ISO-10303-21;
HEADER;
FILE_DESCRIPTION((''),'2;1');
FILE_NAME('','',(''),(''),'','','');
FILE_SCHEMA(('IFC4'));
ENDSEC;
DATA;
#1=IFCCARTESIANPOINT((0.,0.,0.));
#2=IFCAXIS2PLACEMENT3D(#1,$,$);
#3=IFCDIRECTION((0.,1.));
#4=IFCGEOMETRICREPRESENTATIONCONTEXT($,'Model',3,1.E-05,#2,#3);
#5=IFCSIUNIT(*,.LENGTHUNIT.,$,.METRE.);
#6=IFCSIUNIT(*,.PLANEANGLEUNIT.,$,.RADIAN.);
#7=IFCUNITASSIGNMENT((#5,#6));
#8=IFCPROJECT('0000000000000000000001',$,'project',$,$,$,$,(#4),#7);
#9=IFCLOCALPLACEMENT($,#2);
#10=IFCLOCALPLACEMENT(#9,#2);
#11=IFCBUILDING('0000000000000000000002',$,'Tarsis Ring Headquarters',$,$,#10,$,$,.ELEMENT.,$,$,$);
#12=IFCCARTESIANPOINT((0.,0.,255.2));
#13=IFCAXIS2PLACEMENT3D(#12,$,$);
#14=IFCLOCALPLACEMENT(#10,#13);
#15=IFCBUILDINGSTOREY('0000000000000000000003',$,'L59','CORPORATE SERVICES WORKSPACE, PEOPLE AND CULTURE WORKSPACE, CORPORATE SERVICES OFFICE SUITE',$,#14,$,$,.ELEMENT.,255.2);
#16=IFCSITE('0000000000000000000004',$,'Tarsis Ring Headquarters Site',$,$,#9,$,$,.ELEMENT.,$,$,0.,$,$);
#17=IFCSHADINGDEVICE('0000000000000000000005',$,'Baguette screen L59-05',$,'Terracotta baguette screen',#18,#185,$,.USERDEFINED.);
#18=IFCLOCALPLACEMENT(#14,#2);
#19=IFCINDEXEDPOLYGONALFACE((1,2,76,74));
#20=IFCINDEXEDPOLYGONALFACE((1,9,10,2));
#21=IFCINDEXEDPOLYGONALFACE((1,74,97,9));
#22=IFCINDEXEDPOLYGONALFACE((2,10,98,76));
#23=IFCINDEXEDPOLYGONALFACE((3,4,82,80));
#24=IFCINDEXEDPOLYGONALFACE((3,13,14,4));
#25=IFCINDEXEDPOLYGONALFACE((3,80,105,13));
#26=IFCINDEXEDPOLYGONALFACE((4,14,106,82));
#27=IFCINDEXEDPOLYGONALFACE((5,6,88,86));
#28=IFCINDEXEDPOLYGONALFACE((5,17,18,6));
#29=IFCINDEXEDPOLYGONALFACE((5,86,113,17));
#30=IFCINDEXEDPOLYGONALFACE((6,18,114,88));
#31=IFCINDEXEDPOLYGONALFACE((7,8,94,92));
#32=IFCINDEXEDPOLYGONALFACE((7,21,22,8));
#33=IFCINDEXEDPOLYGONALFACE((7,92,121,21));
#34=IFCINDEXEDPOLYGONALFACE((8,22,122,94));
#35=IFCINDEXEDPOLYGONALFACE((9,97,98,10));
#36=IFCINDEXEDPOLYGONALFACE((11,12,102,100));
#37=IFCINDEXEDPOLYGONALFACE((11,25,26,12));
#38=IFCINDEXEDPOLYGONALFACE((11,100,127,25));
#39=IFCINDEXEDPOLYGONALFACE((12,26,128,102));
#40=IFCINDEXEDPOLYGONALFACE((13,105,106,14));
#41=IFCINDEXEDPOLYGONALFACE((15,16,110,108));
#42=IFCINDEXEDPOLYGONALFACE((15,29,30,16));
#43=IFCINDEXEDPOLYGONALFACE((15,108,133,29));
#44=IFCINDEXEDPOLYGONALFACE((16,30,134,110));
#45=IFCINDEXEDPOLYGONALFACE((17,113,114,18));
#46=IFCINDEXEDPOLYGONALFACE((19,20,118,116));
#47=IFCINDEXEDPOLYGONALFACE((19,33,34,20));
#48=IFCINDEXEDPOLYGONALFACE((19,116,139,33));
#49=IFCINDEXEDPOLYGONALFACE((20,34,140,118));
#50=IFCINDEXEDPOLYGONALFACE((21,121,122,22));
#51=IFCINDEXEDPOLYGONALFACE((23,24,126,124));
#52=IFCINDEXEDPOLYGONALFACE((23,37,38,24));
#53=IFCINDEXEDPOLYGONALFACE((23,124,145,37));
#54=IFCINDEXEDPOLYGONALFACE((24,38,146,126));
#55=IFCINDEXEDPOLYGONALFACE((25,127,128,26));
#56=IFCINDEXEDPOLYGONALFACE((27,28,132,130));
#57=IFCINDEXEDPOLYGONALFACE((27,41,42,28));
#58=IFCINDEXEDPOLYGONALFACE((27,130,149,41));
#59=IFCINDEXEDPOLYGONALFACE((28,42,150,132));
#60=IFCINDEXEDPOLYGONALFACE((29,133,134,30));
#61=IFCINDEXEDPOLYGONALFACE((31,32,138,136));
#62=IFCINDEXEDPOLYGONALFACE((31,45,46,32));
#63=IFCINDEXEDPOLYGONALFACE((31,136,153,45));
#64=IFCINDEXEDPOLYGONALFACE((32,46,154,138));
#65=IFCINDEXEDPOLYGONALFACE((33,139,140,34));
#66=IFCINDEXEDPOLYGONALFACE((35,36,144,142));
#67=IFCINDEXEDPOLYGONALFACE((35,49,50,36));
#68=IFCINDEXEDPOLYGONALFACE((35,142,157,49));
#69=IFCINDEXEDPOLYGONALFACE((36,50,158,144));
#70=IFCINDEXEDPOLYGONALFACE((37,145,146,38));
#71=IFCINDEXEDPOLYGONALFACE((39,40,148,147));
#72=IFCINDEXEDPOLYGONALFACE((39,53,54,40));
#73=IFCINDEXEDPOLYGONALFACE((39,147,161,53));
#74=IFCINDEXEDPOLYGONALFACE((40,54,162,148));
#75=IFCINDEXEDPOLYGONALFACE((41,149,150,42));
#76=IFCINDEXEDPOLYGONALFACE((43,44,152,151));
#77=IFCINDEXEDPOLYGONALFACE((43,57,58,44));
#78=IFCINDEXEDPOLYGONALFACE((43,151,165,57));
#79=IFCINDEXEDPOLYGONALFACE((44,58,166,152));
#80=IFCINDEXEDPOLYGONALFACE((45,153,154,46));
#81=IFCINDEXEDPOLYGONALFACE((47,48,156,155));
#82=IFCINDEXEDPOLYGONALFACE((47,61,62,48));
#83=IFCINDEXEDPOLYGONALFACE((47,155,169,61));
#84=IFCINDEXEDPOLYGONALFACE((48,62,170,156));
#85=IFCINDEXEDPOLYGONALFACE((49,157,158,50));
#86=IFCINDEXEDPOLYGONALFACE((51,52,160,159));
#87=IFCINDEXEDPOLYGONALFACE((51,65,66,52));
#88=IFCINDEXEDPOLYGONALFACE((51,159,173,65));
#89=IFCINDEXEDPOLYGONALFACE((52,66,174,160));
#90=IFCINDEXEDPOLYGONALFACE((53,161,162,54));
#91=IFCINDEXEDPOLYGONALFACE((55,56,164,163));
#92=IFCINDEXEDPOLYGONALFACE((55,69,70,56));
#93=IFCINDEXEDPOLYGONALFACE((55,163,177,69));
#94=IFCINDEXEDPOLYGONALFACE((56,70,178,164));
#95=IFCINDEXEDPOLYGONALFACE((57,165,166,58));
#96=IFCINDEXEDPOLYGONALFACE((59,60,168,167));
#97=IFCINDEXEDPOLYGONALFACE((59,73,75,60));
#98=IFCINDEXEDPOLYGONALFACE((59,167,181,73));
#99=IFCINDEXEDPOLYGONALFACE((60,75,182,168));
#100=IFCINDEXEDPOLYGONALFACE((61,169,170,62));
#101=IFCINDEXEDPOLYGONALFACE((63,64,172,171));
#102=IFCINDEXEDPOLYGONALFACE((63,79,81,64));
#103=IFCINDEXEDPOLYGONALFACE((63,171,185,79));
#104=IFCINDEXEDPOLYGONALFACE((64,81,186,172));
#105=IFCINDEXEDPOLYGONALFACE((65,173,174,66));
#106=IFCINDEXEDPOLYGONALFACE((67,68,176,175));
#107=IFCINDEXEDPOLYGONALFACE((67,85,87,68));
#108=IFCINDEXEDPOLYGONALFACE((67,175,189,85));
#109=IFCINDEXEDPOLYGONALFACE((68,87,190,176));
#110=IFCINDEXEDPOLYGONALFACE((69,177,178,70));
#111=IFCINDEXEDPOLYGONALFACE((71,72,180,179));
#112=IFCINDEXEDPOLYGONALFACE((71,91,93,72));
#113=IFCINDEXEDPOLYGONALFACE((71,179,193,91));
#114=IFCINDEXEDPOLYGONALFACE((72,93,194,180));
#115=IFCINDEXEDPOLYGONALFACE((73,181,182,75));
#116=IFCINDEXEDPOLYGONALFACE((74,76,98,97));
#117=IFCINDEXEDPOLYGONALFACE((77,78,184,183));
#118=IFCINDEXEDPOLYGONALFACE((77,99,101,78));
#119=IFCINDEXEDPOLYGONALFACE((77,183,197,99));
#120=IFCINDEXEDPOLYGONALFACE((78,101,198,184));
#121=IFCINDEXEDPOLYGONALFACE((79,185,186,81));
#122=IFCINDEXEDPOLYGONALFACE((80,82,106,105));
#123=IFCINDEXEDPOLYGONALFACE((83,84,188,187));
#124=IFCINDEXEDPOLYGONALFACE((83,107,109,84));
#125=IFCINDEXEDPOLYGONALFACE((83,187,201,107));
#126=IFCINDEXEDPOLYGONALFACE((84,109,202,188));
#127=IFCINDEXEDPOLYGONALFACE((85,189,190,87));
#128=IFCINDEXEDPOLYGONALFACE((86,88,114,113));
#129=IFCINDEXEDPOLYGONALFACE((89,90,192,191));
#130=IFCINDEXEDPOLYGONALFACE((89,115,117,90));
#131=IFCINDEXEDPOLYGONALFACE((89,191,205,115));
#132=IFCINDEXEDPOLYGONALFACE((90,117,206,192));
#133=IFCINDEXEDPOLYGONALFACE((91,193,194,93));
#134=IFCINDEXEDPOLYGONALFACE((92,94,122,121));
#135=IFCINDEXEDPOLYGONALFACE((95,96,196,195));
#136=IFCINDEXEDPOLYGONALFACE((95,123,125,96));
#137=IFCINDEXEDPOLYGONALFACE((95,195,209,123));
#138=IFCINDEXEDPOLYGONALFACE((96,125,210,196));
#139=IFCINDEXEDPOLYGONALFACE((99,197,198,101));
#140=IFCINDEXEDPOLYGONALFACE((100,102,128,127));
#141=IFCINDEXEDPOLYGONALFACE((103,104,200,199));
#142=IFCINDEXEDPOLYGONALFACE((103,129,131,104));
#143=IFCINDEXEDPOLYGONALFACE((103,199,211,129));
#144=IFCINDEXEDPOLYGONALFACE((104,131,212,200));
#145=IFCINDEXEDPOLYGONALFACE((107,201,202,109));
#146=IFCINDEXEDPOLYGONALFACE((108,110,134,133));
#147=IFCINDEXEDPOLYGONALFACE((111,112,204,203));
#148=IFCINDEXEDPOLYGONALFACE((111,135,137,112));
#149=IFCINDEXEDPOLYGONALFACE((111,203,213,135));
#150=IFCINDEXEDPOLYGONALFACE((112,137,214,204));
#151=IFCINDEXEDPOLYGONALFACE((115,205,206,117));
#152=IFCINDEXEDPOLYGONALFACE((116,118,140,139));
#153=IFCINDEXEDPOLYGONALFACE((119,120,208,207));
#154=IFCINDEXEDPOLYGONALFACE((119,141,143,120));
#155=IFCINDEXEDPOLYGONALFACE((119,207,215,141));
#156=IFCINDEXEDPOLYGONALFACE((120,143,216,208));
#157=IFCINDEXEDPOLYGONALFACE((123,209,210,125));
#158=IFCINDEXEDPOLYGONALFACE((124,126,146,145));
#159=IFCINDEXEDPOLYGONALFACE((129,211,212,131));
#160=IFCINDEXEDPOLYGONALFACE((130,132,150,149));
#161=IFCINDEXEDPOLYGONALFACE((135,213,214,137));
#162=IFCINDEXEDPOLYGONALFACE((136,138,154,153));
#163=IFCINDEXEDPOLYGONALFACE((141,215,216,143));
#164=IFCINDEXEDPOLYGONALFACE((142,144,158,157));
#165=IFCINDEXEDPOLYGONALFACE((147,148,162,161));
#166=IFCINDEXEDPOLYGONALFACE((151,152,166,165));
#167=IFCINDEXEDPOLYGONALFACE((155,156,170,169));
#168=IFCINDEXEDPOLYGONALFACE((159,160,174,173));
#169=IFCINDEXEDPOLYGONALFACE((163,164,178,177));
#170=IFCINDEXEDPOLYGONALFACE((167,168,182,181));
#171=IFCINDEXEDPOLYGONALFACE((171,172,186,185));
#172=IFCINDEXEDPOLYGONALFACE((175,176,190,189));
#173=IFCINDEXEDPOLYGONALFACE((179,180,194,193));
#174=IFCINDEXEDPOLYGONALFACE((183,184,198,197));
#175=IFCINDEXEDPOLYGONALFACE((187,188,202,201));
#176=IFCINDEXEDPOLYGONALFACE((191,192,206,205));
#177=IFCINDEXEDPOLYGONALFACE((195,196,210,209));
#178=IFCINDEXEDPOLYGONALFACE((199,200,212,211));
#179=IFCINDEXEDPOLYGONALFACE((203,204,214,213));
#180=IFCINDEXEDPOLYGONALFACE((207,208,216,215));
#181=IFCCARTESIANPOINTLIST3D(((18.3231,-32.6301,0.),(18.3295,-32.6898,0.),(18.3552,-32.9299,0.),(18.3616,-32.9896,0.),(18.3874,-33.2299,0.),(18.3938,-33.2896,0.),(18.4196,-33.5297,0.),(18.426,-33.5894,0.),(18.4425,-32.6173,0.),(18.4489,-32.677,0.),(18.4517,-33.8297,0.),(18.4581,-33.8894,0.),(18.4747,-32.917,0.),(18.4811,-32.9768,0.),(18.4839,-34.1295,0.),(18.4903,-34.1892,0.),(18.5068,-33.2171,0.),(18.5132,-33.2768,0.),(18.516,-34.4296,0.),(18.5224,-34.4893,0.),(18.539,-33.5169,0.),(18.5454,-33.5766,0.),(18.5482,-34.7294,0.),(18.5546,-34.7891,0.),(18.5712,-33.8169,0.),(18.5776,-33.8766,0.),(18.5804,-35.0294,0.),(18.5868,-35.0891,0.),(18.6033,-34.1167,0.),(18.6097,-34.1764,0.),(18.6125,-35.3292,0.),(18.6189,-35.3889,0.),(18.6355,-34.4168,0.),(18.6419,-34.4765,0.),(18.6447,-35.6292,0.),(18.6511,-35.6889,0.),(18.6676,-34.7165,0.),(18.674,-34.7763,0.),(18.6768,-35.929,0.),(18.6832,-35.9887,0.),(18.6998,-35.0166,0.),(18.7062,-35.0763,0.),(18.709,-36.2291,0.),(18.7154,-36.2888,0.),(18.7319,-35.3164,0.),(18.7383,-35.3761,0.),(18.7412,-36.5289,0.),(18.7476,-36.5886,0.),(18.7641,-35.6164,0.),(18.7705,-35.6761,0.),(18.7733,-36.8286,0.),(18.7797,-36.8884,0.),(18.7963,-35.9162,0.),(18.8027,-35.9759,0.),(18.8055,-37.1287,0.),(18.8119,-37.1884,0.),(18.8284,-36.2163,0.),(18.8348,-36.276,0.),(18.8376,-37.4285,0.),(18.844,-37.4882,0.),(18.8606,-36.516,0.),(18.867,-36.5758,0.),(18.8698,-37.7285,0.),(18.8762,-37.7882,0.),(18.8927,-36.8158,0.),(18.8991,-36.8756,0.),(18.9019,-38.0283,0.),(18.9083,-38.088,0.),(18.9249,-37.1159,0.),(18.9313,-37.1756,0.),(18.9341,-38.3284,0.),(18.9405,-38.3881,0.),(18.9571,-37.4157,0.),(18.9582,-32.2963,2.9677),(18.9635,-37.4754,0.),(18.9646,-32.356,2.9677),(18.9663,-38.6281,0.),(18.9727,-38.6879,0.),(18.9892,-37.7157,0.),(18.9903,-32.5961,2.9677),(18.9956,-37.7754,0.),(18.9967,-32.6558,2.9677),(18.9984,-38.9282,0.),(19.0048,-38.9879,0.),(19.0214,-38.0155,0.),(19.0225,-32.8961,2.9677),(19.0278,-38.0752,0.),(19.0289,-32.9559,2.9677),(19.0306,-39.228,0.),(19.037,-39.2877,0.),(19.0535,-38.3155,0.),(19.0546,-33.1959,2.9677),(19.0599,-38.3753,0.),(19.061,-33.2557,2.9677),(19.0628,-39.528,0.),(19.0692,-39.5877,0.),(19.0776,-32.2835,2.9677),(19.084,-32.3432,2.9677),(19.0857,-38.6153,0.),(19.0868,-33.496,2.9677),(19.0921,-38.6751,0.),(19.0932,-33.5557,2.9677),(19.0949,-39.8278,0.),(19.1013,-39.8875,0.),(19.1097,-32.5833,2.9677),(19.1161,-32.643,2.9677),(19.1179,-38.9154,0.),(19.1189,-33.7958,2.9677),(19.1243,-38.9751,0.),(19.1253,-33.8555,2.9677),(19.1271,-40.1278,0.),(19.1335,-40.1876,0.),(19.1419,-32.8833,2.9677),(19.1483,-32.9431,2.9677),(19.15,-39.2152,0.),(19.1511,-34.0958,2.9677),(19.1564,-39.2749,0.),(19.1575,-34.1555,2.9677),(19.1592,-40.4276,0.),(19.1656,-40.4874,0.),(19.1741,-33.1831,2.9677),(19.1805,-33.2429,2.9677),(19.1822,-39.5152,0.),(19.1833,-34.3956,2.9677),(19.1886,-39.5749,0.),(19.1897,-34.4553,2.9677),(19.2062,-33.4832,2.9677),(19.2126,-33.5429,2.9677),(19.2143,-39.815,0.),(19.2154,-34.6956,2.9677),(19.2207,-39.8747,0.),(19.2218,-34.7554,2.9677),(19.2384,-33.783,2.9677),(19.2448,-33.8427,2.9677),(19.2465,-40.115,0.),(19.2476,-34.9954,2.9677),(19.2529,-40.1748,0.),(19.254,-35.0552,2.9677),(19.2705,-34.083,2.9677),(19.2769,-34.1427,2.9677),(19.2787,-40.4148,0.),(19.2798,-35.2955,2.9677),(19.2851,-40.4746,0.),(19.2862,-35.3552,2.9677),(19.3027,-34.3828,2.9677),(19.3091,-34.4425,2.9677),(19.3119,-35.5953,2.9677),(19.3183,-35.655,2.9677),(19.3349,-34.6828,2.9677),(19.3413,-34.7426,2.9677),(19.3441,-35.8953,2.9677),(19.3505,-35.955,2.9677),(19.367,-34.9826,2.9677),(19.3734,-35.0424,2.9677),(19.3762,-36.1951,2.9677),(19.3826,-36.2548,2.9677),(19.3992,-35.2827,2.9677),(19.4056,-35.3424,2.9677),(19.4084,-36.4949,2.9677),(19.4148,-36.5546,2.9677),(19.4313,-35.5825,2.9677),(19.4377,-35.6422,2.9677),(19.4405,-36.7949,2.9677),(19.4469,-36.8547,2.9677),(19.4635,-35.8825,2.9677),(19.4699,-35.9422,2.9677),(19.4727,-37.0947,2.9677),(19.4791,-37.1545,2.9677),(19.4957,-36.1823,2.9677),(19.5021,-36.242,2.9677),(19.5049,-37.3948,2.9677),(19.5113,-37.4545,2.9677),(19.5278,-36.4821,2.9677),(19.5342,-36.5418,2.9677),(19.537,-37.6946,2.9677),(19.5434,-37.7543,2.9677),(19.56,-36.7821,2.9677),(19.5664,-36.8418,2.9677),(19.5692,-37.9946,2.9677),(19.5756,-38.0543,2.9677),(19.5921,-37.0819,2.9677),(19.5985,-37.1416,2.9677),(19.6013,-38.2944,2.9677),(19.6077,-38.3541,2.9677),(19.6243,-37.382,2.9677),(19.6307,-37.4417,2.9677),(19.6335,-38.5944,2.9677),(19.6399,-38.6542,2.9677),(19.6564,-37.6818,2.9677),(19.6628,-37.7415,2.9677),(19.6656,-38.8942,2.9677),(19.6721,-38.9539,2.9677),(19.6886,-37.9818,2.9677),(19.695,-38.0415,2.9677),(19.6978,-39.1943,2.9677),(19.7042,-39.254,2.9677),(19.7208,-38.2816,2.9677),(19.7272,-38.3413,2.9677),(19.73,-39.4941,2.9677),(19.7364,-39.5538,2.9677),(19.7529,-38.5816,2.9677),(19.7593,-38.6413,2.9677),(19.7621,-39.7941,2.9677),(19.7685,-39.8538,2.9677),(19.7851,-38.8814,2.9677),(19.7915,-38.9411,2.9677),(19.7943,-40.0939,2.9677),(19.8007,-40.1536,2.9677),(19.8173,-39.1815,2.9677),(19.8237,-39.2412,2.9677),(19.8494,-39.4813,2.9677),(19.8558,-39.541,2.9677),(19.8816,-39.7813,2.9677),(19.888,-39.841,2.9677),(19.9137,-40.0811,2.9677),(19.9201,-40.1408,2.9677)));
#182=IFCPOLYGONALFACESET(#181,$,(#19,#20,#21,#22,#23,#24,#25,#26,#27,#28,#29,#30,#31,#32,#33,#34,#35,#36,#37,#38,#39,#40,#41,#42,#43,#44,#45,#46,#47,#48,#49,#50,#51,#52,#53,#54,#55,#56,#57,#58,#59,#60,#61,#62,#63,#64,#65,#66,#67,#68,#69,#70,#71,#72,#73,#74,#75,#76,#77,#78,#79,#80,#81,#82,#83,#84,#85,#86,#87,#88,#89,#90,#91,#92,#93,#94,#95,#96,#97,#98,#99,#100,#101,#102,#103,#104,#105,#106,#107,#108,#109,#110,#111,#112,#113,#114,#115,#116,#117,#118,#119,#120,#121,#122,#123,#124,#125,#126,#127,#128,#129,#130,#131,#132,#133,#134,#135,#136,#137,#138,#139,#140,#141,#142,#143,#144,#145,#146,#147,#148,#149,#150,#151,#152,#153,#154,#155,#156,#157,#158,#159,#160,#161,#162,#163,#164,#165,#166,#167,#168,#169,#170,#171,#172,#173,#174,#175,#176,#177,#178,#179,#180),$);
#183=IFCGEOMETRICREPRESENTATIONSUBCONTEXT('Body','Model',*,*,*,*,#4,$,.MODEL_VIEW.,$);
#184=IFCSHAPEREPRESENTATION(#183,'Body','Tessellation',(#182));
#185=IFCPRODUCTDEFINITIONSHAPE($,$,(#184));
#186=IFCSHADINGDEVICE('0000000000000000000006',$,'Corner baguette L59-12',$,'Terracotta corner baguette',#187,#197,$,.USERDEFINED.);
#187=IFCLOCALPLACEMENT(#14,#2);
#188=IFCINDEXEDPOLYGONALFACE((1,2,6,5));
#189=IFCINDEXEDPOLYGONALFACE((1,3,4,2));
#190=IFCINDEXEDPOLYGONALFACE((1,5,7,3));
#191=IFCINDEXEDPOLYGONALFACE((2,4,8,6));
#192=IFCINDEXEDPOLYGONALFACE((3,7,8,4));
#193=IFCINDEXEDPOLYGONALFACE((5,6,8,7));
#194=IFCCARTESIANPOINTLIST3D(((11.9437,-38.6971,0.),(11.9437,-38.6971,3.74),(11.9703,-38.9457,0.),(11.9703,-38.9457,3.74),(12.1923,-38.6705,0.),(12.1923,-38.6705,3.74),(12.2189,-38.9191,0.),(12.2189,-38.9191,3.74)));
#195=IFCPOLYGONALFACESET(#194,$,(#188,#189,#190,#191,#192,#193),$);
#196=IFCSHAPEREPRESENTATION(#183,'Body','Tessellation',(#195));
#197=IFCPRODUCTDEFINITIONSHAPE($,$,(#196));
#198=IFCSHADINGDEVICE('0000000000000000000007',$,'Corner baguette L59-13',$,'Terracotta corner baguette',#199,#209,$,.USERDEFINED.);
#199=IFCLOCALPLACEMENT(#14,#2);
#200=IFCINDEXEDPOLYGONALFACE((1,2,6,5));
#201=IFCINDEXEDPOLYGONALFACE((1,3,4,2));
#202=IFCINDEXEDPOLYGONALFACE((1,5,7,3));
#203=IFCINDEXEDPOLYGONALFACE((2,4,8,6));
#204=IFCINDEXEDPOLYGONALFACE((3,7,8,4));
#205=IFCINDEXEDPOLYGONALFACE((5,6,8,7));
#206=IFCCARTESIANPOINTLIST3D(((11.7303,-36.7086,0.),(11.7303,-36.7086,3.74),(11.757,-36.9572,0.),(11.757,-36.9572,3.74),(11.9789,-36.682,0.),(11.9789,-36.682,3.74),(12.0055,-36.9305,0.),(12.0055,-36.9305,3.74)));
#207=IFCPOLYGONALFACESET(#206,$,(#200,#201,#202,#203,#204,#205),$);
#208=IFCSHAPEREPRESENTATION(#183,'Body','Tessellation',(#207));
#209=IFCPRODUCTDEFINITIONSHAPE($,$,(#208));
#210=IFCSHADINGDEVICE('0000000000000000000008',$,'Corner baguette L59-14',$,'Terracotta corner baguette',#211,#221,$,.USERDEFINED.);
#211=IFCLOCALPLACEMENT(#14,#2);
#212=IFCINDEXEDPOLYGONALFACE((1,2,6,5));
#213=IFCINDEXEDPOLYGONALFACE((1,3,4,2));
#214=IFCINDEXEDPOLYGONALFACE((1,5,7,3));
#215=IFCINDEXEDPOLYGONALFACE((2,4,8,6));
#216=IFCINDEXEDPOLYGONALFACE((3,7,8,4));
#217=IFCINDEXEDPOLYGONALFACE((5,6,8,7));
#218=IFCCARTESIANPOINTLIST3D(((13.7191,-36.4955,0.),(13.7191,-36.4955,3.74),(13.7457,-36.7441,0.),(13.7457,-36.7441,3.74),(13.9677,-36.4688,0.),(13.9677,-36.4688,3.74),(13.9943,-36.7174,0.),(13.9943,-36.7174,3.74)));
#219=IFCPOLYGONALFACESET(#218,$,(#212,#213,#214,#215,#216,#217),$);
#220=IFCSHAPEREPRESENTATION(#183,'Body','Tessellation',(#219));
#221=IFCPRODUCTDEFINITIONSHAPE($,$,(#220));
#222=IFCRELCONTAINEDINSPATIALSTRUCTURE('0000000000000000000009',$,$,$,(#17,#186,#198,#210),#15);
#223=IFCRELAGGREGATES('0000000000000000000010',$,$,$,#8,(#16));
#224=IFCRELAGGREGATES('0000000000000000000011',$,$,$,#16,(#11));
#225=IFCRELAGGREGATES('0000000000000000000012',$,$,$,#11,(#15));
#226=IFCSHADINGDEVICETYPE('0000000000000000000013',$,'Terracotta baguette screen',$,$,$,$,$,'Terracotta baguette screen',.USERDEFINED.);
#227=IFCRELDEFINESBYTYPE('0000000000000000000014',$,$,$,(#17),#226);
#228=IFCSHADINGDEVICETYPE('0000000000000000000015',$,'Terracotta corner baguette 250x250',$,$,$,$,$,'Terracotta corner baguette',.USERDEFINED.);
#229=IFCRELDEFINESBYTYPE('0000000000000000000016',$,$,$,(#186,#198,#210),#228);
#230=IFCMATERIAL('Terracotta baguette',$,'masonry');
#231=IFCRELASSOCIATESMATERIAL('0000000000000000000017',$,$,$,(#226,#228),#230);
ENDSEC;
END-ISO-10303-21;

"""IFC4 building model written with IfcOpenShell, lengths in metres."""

from ifc_helpers import new_model, si_unit, direction, frame, frame_2d, origin, origin_2d, place, context, subcontext, project, spatial, rectangle, composite_profile, extrude, material, type_object, element, save


model = new_model("IFC4")

# Units and contexts
model_context = context("Model", 3, precision=1e-05, world=origin(), true_north=direction((0.0, 1.0)))
body_context = subcontext(model_context, "Body", "Model", "MODEL_VIEW")
ifc_project = project(units=[si_unit("LENGTHUNIT", "METRE"), si_unit("PLANEANGLEUNIT", "RADIAN")], contexts=[model_context])

# Site, building, storey
site_placement = place(None, origin())
site = spatial("IfcSite", under=ifc_project, at=site_placement, Name="Tarsis Ring Headquarters Site", CompositionType="ELEMENT", RefElevation=0.0)
building_placement = place(site_placement, origin())
building = spatial("IfcBuilding", under=site, at=building_placement, Name="Tarsis Ring Headquarters", CompositionType="ELEMENT")
storey_placement = place(building_placement, frame((0.0, 0.0, 255.2)))
storey = spatial("IfcBuildingStorey", under=building, at=storey_placement, Name="L59", Description="CORPORATE SERVICES WORKSPACE, PEOPLE AND CULTURE WORKSPACE, CORPORATE SERVICES OFFICE SUITE", CompositionType="ELEMENT", Elevation=255.2)

# Shading devices
ifc_material_1 = material(Name="Terracotta baguette", Category="masonry")
shading_device_type_1 = type_object("IfcShadingDeviceType", Name="Terracotta baguette screen", ElementType="Terracotta baguette screen", PredefinedType="USERDEFINED", material=ifc_material_1)
shading_device_placement = place(storey_placement, frame((19.2253, -40.481, 0.0), z_axis=(0.0, 0.0, 1.0), x_axis=(-0.106621, 0.994315, 0.0)))
element("IfcShadingDevice", 1, at=shading_device_placement, inside=storey, type_object=shading_device_type_1, Name="Baguette screen L59-05", ObjectType="Terracotta baguette screen", PredefinedType="USERDEFINED", context=body_context, shape_type="SweptSolid", body=[
    extrude(composite_profile([rectangle(XDim=0.0601, YDim=0.1201, at=frame_2d((0.03, 0.0))), rectangle(XDim=0.0601, YDim=0.1201, at=frame_2d((0.3315, 0.0))), rectangle(XDim=0.0601, YDim=0.1201, at=frame_2d((0.6333, 0.0))), rectangle(XDim=0.0601, YDim=0.1201, at=frame_2d((0.9348, 0.0))), rectangle(XDim=0.0601, YDim=0.1201, at=frame_2d((1.2366, 0.0))), rectangle(XDim=0.0601, YDim=0.1201, at=frame_2d((1.5381, 0.0))), rectangle(XDim=0.0601, YDim=0.1201, at=frame_2d((1.8398, 0.0))), rectangle(XDim=0.0601, YDim=0.1201, at=frame_2d((2.1414, 0.0))), rectangle(XDim=0.0601, YDim=0.1201, at=frame_2d((2.4431, 0.0))), rectangle(XDim=0.0601, YDim=0.1201, at=frame_2d((2.7446, 0.0))), rectangle(XDim=0.0601, YDim=0.1201, at=frame_2d((3.0464, 0.0))), rectangle(XDim=0.0601, YDim=0.1201, at=frame_2d((3.3479, 0.0))), rectangle(XDim=0.0601, YDim=0.1201, at=frame_2d((3.6497, 0.0))), rectangle(XDim=0.0601, YDim=0.1201, at=frame_2d((3.9512, 0.0))), rectangle(XDim=0.0601, YDim=0.1201, at=frame_2d((4.2527, 0.0))), rectangle(XDim=0.0601, YDim=0.1201, at=frame_2d((4.5544, 0.0))), rectangle(XDim=0.0601, YDim=0.1201, at=frame_2d((4.856, 0.0))), rectangle(XDim=0.0601, YDim=0.1201, at=frame_2d((5.1577, 0.0))), rectangle(XDim=0.0601, YDim=0.1201, at=frame_2d((5.4592, 0.0))), rectangle(XDim=0.0601, YDim=0.1201, at=frame_2d((5.761, 0.0))), rectangle(XDim=0.0601, YDim=0.1201, at=frame_2d((6.0625, 0.0))), rectangle(XDim=0.0601, YDim=0.1201, at=frame_2d((6.3643, 0.0))), rectangle(XDim=0.0601, YDim=0.1201, at=frame_2d((6.6658, 0.0))), rectangle(XDim=0.0601, YDim=0.1201, at=frame_2d((6.9675, 0.0))), rectangle(XDim=0.0601, YDim=0.1201, at=frame_2d((7.269, 0.0))), rectangle(XDim=0.0601, YDim=0.1201, at=frame_2d((7.5708, 0.0))), rectangle(XDim=0.0601, YDim=0.1201, at=frame_2d((7.8723, 0.0)))]), origin(), (0.086509, -0.218468, 0.972002), 3.0532),
])
shading_device_type_2 = type_object("IfcShadingDeviceType", Name="Terracotta corner baguette 250x250", ElementType="Terracotta corner baguette", PredefinedType="USERDEFINED", material=ifc_material_1)
for number, where, z_axis, x_axis, name in (
    (2, (12.0813, -38.8081, 0.0), (0.0, 0.0, 1.0), (0.994301, 0.106611, 0.0), "Corner baguette L59-12"),
    (3, (11.8679, -36.8196, 0.0), (0.0, 0.0, 1.0), (-0.106611, 0.994301, 0.0), "Corner baguette L59-13"),
    (4, (13.8567, -36.6064, 0.0), (0.0, 0.0, 1.0), (0.994301, 0.106611, 0.0), "Corner baguette L59-14"),
):
    element("IfcShadingDevice", number, at=place(storey_placement, frame(where, z_axis=z_axis, x_axis=x_axis)), inside=storey, type_object=shading_device_type_2, Name=name, ObjectType="Terracotta corner baguette", PredefinedType="USERDEFINED", context=body_context, shape_type="SweptSolid", body=[
        extrude(rectangle(XDim=0.25, YDim=0.25, at=origin_2d()), origin(), (0.0, 0.0, 1.0), 3.74),
    ])

save(model, "model.ifc")
